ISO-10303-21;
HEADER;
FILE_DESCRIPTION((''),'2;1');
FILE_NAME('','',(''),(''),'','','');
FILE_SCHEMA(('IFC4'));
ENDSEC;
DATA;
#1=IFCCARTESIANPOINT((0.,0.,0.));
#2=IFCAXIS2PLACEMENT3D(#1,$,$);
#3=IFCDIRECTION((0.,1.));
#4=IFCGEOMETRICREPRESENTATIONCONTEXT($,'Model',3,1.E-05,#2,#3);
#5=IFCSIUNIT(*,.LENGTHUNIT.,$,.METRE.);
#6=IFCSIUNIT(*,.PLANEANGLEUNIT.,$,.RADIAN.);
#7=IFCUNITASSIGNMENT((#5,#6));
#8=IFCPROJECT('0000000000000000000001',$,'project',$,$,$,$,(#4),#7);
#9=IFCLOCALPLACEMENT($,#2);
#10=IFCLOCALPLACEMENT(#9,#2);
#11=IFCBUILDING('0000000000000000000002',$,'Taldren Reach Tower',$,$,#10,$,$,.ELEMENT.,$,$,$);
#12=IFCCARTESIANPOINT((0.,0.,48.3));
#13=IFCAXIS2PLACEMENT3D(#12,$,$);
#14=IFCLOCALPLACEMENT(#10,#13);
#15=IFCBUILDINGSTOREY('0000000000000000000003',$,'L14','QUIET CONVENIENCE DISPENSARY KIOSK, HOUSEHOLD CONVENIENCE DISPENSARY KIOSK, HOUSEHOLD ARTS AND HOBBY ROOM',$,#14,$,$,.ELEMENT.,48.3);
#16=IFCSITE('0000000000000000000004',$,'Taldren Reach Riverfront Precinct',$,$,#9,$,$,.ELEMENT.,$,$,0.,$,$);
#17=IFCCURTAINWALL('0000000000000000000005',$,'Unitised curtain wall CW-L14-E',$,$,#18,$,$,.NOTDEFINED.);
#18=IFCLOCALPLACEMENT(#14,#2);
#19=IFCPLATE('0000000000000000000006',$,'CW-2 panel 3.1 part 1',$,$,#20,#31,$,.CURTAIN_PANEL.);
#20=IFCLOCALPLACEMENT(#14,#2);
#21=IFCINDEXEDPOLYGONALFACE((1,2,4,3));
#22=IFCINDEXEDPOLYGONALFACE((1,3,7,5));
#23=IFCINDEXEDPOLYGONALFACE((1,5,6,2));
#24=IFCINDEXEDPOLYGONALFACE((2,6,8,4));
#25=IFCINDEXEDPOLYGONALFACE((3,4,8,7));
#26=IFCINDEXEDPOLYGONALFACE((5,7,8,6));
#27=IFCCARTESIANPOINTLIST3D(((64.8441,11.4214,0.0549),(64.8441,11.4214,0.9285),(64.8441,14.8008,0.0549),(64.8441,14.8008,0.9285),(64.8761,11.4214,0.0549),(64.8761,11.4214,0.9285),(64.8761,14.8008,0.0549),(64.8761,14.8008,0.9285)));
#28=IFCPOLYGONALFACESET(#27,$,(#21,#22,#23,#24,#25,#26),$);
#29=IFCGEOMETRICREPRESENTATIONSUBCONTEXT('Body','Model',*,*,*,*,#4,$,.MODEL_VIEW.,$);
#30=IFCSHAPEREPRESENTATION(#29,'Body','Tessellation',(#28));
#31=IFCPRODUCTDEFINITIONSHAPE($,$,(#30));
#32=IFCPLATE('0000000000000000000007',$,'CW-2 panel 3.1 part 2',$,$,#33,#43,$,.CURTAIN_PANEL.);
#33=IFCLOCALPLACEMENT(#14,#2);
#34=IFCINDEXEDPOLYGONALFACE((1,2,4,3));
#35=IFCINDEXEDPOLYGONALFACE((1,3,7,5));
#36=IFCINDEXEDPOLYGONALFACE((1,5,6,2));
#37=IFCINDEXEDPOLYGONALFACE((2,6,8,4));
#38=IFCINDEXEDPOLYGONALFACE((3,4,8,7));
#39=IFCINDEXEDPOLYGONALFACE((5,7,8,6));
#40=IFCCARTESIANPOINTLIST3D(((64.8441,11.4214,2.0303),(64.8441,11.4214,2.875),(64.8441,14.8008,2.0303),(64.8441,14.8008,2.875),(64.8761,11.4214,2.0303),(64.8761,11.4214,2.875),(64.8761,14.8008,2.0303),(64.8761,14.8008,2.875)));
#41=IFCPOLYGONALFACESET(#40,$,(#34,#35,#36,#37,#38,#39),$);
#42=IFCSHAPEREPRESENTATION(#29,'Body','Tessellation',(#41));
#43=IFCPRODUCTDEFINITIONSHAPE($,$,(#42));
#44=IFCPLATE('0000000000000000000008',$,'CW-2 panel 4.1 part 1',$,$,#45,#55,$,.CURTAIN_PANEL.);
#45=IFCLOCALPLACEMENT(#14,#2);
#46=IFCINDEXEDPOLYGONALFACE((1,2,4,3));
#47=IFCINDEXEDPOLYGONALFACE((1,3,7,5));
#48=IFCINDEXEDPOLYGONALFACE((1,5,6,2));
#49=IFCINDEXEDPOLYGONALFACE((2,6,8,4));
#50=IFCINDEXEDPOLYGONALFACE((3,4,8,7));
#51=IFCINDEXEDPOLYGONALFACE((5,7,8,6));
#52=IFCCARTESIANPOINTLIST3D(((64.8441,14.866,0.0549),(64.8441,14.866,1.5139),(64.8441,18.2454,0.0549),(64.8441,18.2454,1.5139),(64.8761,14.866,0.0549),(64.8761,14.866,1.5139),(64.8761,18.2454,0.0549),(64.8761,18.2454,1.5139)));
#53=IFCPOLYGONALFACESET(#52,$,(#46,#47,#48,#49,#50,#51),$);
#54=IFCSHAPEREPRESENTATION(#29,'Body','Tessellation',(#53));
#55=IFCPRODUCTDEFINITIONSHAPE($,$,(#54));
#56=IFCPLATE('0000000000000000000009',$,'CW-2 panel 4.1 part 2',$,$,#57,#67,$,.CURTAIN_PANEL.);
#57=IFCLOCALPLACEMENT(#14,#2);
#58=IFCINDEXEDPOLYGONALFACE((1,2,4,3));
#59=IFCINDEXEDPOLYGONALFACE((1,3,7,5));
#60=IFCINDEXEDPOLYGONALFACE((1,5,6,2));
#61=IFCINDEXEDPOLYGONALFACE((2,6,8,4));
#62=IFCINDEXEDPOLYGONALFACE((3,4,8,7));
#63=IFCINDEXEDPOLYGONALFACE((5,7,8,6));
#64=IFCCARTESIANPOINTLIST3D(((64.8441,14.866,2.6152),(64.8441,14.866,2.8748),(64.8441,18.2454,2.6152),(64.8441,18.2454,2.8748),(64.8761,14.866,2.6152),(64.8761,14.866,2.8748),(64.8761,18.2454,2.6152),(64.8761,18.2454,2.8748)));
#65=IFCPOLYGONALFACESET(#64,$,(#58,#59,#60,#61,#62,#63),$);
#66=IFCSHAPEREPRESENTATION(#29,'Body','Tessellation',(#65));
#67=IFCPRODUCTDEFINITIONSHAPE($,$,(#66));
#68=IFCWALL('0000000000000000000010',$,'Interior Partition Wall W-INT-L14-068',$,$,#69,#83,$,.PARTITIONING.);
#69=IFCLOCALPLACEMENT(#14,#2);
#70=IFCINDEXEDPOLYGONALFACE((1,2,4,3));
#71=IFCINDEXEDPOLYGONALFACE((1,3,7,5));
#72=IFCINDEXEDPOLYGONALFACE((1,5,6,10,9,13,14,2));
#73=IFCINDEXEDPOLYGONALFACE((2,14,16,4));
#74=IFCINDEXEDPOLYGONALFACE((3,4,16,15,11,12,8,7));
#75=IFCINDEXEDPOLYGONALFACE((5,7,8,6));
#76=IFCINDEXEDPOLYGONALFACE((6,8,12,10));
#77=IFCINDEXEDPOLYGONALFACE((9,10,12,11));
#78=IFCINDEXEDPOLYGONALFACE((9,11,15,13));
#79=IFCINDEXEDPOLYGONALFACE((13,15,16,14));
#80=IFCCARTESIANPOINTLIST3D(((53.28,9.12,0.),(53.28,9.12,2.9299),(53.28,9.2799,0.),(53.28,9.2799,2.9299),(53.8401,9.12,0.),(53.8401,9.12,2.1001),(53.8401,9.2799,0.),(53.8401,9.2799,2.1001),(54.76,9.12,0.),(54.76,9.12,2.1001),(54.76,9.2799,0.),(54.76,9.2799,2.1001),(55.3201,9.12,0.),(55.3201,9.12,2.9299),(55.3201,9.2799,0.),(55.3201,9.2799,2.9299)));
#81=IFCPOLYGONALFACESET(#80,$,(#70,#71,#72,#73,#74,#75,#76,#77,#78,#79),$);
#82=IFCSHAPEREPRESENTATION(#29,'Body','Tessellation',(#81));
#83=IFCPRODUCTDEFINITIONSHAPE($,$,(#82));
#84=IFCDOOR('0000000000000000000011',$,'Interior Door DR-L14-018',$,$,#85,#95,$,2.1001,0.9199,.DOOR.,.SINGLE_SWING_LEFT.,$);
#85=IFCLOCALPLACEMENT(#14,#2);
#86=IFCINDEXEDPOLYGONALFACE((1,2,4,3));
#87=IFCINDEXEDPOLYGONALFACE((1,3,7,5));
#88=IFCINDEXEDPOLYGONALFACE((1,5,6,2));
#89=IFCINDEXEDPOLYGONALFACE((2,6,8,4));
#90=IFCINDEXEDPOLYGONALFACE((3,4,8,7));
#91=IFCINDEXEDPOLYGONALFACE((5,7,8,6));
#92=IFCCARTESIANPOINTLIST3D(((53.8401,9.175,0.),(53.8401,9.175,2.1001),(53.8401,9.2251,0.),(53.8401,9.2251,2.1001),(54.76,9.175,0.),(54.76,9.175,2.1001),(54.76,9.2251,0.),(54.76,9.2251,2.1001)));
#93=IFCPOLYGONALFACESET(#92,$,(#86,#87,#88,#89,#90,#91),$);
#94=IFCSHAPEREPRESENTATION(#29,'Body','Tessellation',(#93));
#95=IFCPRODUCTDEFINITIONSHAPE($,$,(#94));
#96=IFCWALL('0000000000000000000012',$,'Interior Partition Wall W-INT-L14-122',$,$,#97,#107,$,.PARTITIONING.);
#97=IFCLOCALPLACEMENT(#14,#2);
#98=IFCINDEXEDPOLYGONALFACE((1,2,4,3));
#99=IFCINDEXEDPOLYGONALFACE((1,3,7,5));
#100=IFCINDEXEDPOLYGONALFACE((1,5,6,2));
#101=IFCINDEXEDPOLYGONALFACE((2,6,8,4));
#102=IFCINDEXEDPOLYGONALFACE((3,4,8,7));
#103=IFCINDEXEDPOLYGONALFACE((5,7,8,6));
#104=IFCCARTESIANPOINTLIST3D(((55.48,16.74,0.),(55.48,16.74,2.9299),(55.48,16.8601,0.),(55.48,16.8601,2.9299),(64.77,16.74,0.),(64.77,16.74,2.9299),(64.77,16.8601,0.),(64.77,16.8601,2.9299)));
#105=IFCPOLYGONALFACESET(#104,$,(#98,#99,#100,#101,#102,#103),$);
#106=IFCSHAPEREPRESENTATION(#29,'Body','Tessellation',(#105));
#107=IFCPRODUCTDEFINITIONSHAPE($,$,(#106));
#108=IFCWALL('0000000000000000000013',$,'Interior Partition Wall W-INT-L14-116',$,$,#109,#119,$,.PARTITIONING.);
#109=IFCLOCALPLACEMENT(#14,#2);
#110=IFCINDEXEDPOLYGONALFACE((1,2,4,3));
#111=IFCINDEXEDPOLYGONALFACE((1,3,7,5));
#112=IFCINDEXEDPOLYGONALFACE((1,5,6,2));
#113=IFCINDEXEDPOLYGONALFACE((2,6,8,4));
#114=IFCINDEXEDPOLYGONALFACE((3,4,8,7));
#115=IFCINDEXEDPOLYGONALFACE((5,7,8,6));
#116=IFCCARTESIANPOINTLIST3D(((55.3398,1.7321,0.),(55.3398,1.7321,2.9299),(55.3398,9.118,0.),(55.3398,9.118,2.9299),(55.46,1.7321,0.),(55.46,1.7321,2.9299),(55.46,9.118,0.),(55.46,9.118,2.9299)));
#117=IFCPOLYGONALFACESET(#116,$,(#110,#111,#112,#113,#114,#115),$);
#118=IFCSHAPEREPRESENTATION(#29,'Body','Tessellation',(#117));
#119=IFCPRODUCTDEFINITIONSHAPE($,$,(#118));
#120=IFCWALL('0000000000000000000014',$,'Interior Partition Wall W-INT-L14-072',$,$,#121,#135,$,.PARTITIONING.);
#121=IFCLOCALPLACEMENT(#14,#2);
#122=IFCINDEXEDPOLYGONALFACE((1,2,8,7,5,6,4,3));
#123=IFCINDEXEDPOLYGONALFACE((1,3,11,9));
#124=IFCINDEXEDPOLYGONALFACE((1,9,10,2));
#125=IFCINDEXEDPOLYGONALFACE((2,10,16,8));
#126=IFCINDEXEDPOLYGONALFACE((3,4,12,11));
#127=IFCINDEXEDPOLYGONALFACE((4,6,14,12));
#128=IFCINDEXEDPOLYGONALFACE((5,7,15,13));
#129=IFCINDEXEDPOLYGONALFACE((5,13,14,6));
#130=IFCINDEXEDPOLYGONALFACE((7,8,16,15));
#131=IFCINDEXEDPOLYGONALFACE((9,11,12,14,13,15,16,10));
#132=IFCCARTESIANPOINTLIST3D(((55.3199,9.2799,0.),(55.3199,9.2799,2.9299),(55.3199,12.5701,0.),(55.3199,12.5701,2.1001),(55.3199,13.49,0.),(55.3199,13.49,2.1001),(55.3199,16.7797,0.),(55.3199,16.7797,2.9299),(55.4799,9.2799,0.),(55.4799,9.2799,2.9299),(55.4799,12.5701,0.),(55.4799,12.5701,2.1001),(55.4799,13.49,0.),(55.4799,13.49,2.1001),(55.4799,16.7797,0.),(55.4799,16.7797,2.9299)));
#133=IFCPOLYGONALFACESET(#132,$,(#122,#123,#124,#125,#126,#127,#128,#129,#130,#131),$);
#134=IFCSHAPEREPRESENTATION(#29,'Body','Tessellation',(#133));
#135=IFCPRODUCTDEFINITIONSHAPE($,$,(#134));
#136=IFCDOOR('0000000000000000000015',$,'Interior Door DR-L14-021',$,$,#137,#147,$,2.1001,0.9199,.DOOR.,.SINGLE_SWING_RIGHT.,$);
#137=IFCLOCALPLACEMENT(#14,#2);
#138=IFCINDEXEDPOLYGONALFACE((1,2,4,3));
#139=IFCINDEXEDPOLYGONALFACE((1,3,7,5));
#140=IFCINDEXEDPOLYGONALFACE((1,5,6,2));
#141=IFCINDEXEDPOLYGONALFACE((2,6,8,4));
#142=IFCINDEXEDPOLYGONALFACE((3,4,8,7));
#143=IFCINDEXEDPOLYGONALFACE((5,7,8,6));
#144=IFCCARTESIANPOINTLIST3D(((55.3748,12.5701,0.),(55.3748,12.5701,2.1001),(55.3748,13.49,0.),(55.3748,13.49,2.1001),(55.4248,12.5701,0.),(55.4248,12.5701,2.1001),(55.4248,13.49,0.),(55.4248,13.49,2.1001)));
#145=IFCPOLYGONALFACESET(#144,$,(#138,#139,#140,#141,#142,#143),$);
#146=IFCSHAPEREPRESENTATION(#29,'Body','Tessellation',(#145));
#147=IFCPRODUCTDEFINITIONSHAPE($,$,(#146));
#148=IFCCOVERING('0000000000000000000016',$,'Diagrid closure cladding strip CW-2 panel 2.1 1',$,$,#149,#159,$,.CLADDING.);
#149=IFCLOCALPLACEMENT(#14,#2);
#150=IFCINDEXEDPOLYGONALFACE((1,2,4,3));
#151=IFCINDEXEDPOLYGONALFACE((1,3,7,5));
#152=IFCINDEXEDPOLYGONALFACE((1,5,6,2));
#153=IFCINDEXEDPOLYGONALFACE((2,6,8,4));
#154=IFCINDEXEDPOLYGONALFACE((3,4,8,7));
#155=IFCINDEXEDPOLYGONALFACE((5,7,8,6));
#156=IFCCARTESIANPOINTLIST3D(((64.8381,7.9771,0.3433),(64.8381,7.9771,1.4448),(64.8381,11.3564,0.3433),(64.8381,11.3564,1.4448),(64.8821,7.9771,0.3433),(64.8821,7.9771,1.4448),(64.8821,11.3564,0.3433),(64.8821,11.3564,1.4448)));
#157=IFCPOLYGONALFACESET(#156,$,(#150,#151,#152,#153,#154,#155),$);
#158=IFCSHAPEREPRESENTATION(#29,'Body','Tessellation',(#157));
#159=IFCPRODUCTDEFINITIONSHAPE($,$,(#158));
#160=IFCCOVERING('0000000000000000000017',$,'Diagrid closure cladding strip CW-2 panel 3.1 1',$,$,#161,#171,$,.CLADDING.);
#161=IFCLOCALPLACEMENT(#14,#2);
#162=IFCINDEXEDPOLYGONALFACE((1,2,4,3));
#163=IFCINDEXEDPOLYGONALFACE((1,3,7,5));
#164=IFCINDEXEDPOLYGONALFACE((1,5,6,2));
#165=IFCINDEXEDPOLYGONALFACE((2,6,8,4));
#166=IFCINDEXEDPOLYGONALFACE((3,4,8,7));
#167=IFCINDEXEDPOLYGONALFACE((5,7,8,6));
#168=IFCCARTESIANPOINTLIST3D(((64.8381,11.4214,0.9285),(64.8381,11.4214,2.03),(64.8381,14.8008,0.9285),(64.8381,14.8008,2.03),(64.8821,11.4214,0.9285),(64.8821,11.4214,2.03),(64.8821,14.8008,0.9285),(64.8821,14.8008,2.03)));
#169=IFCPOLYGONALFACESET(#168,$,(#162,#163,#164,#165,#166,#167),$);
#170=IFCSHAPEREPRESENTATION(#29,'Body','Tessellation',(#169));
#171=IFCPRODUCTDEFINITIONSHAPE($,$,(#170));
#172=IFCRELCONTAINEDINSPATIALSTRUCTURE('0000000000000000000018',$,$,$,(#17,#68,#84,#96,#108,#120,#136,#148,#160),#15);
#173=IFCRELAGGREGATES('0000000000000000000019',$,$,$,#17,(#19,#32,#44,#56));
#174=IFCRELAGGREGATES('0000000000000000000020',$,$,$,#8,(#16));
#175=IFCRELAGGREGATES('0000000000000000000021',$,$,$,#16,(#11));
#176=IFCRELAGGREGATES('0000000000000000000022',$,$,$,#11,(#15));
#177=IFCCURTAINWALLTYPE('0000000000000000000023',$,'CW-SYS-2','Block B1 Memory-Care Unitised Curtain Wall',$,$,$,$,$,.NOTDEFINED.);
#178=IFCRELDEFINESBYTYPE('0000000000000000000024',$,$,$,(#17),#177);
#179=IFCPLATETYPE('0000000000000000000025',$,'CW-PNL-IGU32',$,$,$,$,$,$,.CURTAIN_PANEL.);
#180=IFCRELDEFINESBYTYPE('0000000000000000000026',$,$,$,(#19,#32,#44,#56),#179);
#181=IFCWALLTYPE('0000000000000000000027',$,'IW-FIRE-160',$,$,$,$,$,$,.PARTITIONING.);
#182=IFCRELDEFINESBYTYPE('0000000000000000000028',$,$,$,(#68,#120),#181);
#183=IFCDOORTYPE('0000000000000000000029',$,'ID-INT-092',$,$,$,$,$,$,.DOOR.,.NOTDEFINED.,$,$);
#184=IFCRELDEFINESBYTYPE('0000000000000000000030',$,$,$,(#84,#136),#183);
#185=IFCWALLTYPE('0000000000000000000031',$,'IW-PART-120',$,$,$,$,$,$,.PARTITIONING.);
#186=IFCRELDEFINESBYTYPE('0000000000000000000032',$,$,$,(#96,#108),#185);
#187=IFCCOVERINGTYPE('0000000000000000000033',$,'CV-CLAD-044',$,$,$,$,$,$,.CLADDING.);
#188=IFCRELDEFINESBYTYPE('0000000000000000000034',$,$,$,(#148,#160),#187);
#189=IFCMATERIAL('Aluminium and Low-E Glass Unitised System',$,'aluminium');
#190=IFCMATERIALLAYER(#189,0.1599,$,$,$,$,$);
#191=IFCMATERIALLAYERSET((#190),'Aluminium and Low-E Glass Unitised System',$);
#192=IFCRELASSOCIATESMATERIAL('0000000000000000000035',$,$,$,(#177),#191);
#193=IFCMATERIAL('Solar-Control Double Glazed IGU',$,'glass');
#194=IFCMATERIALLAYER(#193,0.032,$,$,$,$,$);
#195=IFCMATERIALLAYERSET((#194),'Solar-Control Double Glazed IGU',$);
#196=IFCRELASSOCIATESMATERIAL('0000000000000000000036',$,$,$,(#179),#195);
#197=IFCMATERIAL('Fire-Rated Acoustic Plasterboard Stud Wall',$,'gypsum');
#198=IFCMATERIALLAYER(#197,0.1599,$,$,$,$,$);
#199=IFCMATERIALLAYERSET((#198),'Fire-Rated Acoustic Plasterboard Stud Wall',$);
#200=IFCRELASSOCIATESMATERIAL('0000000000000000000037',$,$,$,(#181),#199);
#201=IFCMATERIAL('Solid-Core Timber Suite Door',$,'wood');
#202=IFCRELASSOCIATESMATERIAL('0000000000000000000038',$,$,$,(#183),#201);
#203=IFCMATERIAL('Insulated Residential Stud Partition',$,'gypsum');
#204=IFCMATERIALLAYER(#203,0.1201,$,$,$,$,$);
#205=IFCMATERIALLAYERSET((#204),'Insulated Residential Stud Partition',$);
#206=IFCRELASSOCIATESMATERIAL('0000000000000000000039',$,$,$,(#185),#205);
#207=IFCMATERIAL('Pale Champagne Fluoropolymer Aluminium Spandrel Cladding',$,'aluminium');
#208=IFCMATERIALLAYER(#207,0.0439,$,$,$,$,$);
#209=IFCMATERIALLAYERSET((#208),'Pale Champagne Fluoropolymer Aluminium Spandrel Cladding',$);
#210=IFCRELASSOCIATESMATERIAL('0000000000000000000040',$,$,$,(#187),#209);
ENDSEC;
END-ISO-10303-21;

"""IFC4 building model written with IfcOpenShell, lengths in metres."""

from ifc_helpers import new_model, si_unit, direction, frame, frame_2d, origin, origin_2d, place, context, subcontext, project, spatial, rectangle, extrude, source, transform, mapped, material, layer, layer_set, type_object, element, fill, aggregate, save


model = new_model("IFC4")

# Units and contexts
model_context = context("Model", 3, precision=1e-05, world=origin(), true_north=direction((0.0, 1.0)))
body_context = subcontext(model_context, "Body", "Model", "MODEL_VIEW")
ifc_project = project(units=[si_unit("LENGTHUNIT", "METRE"), si_unit("PLANEANGLEUNIT", "RADIAN")], contexts=[model_context])

# Site, building, storey
site_placement = place(None, origin())
site = spatial("IfcSite", under=ifc_project, at=site_placement, Name="Taldren Reach Riverfront Precinct", CompositionType="ELEMENT", RefElevation=0.0)
building_placement = place(site_placement, origin())
building = spatial("IfcBuilding", under=site, at=building_placement, Name="Taldren Reach Tower", CompositionType="ELEMENT")
storey_placement = place(building_placement, frame((0.0, 0.0, 48.3)))
storey = spatial("IfcBuildingStorey", under=building, at=storey_placement, Name="L14", Description="QUIET CONVENIENCE DISPENSARY KIOSK, HOUSEHOLD CONVENIENCE DISPENSARY KIOSK, HOUSEHOLD ARTS AND HOBBY ROOM", CompositionType="ELEMENT", Elevation=48.3)

# Curtain wall, plates
ifc_material_1 = material(Name="Aluminium and Low-E Glass Unitised System", Category="aluminium")
ifc_layer_1 = layer(ifc_material_1, 0.1599)
ifc_layer_set_1 = layer_set([ifc_layer_1], Name="Aluminium and Low-E Glass Unitised System")
curtain_wall_type = type_object("IfcCurtainWallType", Name="CW-SYS-2", Description="Block B1 Memory-Care Unitised Curtain Wall", PredefinedType="NOTDEFINED", material=ifc_layer_set_1)
curtain_wall_placement = place(storey_placement, origin())
curtain_wall = element("IfcCurtainWall", 1, at=curtain_wall_placement, inside=storey, type_object=curtain_wall_type, Name="Unitised curtain wall CW-L14-E", PredefinedType="NOTDEFINED")
ifc_material_2 = material(Name="Solar-Control Double Glazed IGU", Category="glass")
ifc_layer_2 = layer(ifc_material_2, 0.032)
ifc_layer_set_2 = layer_set([ifc_layer_2], Name="Solar-Control Double Glazed IGU")
plate_type = type_object("IfcPlateType", Name="CW-PNL-IGU32", PredefinedType="CURTAIN_PANEL", material=ifc_layer_set_2)
shared_shape_1 = source(origin(), body_context, "Body", "SweptSolid", [
    extrude(rectangle(XDim=3.3794, YDim=0.032, at=origin_2d()), origin(), (0.0, 0.0, 1.0), 0.8735),
])
plate_1_placement = place(storey_placement, frame((64.8601, 13.1111, 0.0549), z_axis=(0.0, 0.0, 1.0), x_axis=(0.0, 1.0, 0.0)))
plate_1 = element("IfcPlate", 2, at=plate_1_placement, type_object=plate_type, Name="CW-2 panel 3.1 part 1", PredefinedType="CURTAIN_PANEL", context=body_context, shape_type="MappedRepresentation", body=[
    mapped(shared_shape_1, transform((0.0, 0.0, 0.0), scale=1.0)),
])
shared_shape_2 = source(origin(), body_context, "Body", "SweptSolid", [
    extrude(rectangle(XDim=3.3794, YDim=0.032, at=origin_2d()), origin(), (0.0, 0.0, 1.0), 0.8447),
])
plate_2_placement = place(storey_placement, frame((64.8601, 13.1111, 2.0303), z_axis=(0.0, 0.0, 1.0), x_axis=(0.0, 1.0, 0.0)))
plate_2 = element("IfcPlate", 3, at=plate_2_placement, type_object=plate_type, Name="CW-2 panel 3.1 part 2", PredefinedType="CURTAIN_PANEL", context=body_context, shape_type="MappedRepresentation", body=[
    mapped(shared_shape_2, transform((0.0, 0.0, 0.0), scale=1.0)),
])
shared_shape_3 = source(origin(), body_context, "Body", "SweptSolid", [
    extrude(rectangle(XDim=3.3794, YDim=0.032, at=origin_2d()), origin(), (0.0, 0.0, 1.0), 1.459),
])
plate_3_placement = place(storey_placement, frame((64.8601, 16.5557, 0.0549), z_axis=(0.0, 0.0, 1.0), x_axis=(0.0, 1.0, 0.0)))
plate_3 = element("IfcPlate", 4, at=plate_3_placement, type_object=plate_type, Name="CW-2 panel 4.1 part 1", PredefinedType="CURTAIN_PANEL", context=body_context, shape_type="MappedRepresentation", body=[
    mapped(shared_shape_3, transform((0.0, 0.0, 0.0), scale=1.0)),
])
shared_shape_4 = source(origin(), body_context, "Body", "SweptSolid", [
    extrude(rectangle(XDim=3.3794, YDim=0.032, at=origin_2d()), origin(), (0.0, 0.0, 1.0), 0.2595),
])
plate_4_placement = place(storey_placement, frame((64.8601, 16.5557, 2.6152), z_axis=(0.0, 0.0, 1.0), x_axis=(0.0, 1.0, 0.0)))
plate_4 = element("IfcPlate", 5, at=plate_4_placement, type_object=plate_type, Name="CW-2 panel 4.1 part 2", PredefinedType="CURTAIN_PANEL", context=body_context, shape_type="MappedRepresentation", body=[
    mapped(shared_shape_4, transform((0.0, 0.0, 0.0), scale=1.0)),
])
aggregate(curtain_wall, [plate_1, plate_2, plate_3, plate_4])

# Wall, opening, door
ifc_material_3 = material(Name="Fire-Rated Acoustic Plasterboard Stud Wall", Category="gypsum")
ifc_layer_3 = layer(ifc_material_3, 0.1599)
ifc_layer_set_3 = layer_set([ifc_layer_3], Name="Fire-Rated Acoustic Plasterboard Stud Wall")
wall_type_1 = type_object("IfcWallType", Name="IW-FIRE-160", PredefinedType="PARTITIONING", material=ifc_layer_set_3)
shared_shape_5 = source(origin(), body_context, "Body", "SweptSolid", [
    extrude(rectangle(XDim=2.04, YDim=0.1599, at=frame_2d((1.02, 0.0))), origin(), (0.0, 0.0, 1.0), 2.9299),
])
wall_1_placement = place(storey_placement, frame((55.3201, 9.2, 0.0), z_axis=(0.0, 0.0, 1.0), x_axis=(-1.0, 0.0, 0.0)))
wall_1 = element("IfcWall", 6, at=wall_1_placement, inside=storey, type_object=wall_type_1, Name="Interior Partition Wall W-INT-L14-068", PredefinedType="PARTITIONING", context=body_context, shape_type="MappedRepresentation", body=[
    mapped(shared_shape_5, transform((0.0, 0.0, 0.0), scale=1.0)),
])
shared_shape_6 = source(origin(), body_context, "Body", "SweptSolid", [
    extrude(rectangle(XDim=0.9199, YDim=2.1001, at=frame_2d((0.46, 1.05))), frame((0.0, 0.0898, 0.0), z_axis=(0.0, -1.0, 0.0), x_axis=(1.0, 0.0, 0.0)), (0.0, 0.0, 1.0), 0.1799),
])
opening_1_placement = place(wall_1_placement, frame((0.5601, 0.0, 0.0)))
opening_1 = element("IfcOpeningElement", 7, at=opening_1_placement, cuts=wall_1, PredefinedType="OPENING", context=body_context, shape_type="MappedRepresentation", body=[
    mapped(shared_shape_6, transform((0.0, 0.0, 0.0), scale=1.0)),
])
ifc_material_4 = material(Name="Solid-Core Timber Suite Door", Category="wood")
door_type = type_object("IfcDoorType", Name="ID-INT-092", OperationType="NOTDEFINED", PredefinedType="DOOR", material=ifc_material_4)
shared_shape_7 = source(origin(), body_context, "Body", "SweptSolid", [
    extrude(rectangle(XDim=0.9199, YDim=2.1001, at=frame_2d((0.46, 1.05))), frame((0.0, 0.0249, 0.0), z_axis=(0.0, -1.0, 0.0), x_axis=(1.0, 0.0, 0.0)), (0.0, 0.0, 1.0), 0.05),
])
door_1_placement = place(opening_1_placement, origin())
door_1 = element("IfcDoor", 8, at=door_1_placement, inside=storey, type_object=door_type, Name="Interior Door DR-L14-018", OperationType="SINGLE_SWING_LEFT", OverallHeight=2.1001, OverallWidth=0.9199, PredefinedType="DOOR", context=body_context, shape_type="MappedRepresentation", body=[
    mapped(shared_shape_7, transform((0.0, 0.0, 0.0), scale=1.0)),
])
fill(opening_1, door_1)

# Walls
ifc_material_5 = material(Name="Insulated Residential Stud Partition", Category="gypsum")
ifc_layer_4 = layer(ifc_material_5, 0.1201)
ifc_layer_set_4 = layer_set([ifc_layer_4], Name="Insulated Residential Stud Partition")
wall_type_2 = type_object("IfcWallType", Name="IW-PART-120", PredefinedType="PARTITIONING", material=ifc_layer_set_4)
shared_shape_8 = source(origin(), body_context, "Body", "SweptSolid", [
    extrude(rectangle(XDim=9.29, YDim=0.1201, at=frame_2d((4.645, 0.0))), origin(), (0.0, 0.0, 1.0), 2.9299),
])
wall_2_placement = place(storey_placement, frame((55.48, 16.8, 0.0), z_axis=(0.0, 0.0, 1.0), x_axis=(1.0, 0.0, 0.0)))
element("IfcWall", 9, at=wall_2_placement, inside=storey, type_object=wall_type_2, Name="Interior Partition Wall W-INT-L14-122", PredefinedType="PARTITIONING", context=body_context, shape_type="MappedRepresentation", body=[
    mapped(shared_shape_8, transform((0.0, 0.0, 0.0), scale=1.0)),
])
shared_shape_9 = source(origin(), body_context, "Body", "SweptSolid", [
    extrude(rectangle(XDim=7.386, YDim=0.1201, at=frame_2d((3.6929, 0.0))), origin(), (0.0, 0.0, 1.0), 2.9299),
])
wall_3_placement = place(storey_placement, frame((55.3999, 9.1179, 0.0), z_axis=(0.0, 0.0, 1.0), x_axis=(0.0, -1.0, 0.0)))
element("IfcWall", 10, at=wall_3_placement, inside=storey, type_object=wall_type_2, Name="Interior Partition Wall W-INT-L14-116", PredefinedType="PARTITIONING", context=body_context, shape_type="MappedRepresentation", body=[
    mapped(shared_shape_9, transform((0.0, 0.0, 0.0), scale=1.0)),
])

# Wall, opening, door
shared_shape_10 = source(origin(), body_context, "Body", "SweptSolid", [
    extrude(rectangle(XDim=7.4998, YDim=0.1599, at=frame_2d((3.75, 0.0))), origin(), (0.0, 0.0, 1.0), 2.9299),
])
wall_4_placement = place(storey_placement, frame((55.3999, 16.7798, 0.0), z_axis=(0.0, 0.0, 1.0), x_axis=(0.0, -1.0, 0.0)))
wall_4 = element("IfcWall", 11, at=wall_4_placement, inside=storey, type_object=wall_type_1, Name="Interior Partition Wall W-INT-L14-072", PredefinedType="PARTITIONING", context=body_context, shape_type="MappedRepresentation", body=[
    mapped(shared_shape_10, transform((0.0, 0.0, 0.0), scale=1.0)),
])
opening_2_placement = place(wall_4_placement, frame((3.2898, 0.0, 0.0)))
opening_2 = element("IfcOpeningElement", 12, at=opening_2_placement, cuts=wall_4, PredefinedType="OPENING", context=body_context, shape_type="MappedRepresentation", body=[
    mapped(shared_shape_6, transform((0.0, 0.0, 0.0), scale=1.0)),
])
door_2_placement = place(opening_2_placement, origin())
door_2 = element("IfcDoor", 13, at=door_2_placement, inside=storey, type_object=door_type, Name="Interior Door DR-L14-021", OperationType="SINGLE_SWING_RIGHT", OverallHeight=2.1001, OverallWidth=0.9199, PredefinedType="DOOR", context=body_context, shape_type="MappedRepresentation", body=[
    mapped(shared_shape_7, transform((0.0, 0.0, 0.0), scale=1.0)),
])
fill(opening_2, door_2)

# Coverings
ifc_material_6 = material(Name="Pale Champagne Fluoropolymer Aluminium Spandrel Cladding", Category="aluminium")
ifc_layer_5 = layer(ifc_material_6, 0.0439)
ifc_layer_set_5 = layer_set([ifc_layer_5], Name="Pale Champagne Fluoropolymer Aluminium Spandrel Cladding")
covering_type = type_object("IfcCoveringType", Name="CV-CLAD-044", PredefinedType="CLADDING", material=ifc_layer_set_5)
shared_shape_11 = source(origin(), body_context, "Body", "SweptSolid", [
    extrude(rectangle(XDim=3.3794, YDim=0.0439, at=origin_2d()), origin(), (0.0, 0.0, 1.0), 1.1016),
])
for number, where, z_axis, x_axis, name in (
    (14, (64.8601, 9.6667, 0.3433), (0.0, 0.0, 1.0), (0.0, 1.0, 0.0), "Diagrid closure cladding strip CW-2 panel 2.1 1"),
    (15, (64.8601, 13.1111, 0.9285), (0.0, 0.0, 1.0), (0.0, 1.0, 0.0), "Diagrid closure cladding strip CW-2 panel 3.1 1"),
):
    element("IfcCovering", number, at=place(storey_placement, frame(where, z_axis=z_axis, x_axis=x_axis)), inside=storey, type_object=covering_type, Name=name, PredefinedType="CLADDING", context=body_context, shape_type="MappedRepresentation", body=[
        mapped(shared_shape_11, transform((0.0, 0.0, 0.0), scale=1.0)),
    ])

save(model, "model.ifc")
